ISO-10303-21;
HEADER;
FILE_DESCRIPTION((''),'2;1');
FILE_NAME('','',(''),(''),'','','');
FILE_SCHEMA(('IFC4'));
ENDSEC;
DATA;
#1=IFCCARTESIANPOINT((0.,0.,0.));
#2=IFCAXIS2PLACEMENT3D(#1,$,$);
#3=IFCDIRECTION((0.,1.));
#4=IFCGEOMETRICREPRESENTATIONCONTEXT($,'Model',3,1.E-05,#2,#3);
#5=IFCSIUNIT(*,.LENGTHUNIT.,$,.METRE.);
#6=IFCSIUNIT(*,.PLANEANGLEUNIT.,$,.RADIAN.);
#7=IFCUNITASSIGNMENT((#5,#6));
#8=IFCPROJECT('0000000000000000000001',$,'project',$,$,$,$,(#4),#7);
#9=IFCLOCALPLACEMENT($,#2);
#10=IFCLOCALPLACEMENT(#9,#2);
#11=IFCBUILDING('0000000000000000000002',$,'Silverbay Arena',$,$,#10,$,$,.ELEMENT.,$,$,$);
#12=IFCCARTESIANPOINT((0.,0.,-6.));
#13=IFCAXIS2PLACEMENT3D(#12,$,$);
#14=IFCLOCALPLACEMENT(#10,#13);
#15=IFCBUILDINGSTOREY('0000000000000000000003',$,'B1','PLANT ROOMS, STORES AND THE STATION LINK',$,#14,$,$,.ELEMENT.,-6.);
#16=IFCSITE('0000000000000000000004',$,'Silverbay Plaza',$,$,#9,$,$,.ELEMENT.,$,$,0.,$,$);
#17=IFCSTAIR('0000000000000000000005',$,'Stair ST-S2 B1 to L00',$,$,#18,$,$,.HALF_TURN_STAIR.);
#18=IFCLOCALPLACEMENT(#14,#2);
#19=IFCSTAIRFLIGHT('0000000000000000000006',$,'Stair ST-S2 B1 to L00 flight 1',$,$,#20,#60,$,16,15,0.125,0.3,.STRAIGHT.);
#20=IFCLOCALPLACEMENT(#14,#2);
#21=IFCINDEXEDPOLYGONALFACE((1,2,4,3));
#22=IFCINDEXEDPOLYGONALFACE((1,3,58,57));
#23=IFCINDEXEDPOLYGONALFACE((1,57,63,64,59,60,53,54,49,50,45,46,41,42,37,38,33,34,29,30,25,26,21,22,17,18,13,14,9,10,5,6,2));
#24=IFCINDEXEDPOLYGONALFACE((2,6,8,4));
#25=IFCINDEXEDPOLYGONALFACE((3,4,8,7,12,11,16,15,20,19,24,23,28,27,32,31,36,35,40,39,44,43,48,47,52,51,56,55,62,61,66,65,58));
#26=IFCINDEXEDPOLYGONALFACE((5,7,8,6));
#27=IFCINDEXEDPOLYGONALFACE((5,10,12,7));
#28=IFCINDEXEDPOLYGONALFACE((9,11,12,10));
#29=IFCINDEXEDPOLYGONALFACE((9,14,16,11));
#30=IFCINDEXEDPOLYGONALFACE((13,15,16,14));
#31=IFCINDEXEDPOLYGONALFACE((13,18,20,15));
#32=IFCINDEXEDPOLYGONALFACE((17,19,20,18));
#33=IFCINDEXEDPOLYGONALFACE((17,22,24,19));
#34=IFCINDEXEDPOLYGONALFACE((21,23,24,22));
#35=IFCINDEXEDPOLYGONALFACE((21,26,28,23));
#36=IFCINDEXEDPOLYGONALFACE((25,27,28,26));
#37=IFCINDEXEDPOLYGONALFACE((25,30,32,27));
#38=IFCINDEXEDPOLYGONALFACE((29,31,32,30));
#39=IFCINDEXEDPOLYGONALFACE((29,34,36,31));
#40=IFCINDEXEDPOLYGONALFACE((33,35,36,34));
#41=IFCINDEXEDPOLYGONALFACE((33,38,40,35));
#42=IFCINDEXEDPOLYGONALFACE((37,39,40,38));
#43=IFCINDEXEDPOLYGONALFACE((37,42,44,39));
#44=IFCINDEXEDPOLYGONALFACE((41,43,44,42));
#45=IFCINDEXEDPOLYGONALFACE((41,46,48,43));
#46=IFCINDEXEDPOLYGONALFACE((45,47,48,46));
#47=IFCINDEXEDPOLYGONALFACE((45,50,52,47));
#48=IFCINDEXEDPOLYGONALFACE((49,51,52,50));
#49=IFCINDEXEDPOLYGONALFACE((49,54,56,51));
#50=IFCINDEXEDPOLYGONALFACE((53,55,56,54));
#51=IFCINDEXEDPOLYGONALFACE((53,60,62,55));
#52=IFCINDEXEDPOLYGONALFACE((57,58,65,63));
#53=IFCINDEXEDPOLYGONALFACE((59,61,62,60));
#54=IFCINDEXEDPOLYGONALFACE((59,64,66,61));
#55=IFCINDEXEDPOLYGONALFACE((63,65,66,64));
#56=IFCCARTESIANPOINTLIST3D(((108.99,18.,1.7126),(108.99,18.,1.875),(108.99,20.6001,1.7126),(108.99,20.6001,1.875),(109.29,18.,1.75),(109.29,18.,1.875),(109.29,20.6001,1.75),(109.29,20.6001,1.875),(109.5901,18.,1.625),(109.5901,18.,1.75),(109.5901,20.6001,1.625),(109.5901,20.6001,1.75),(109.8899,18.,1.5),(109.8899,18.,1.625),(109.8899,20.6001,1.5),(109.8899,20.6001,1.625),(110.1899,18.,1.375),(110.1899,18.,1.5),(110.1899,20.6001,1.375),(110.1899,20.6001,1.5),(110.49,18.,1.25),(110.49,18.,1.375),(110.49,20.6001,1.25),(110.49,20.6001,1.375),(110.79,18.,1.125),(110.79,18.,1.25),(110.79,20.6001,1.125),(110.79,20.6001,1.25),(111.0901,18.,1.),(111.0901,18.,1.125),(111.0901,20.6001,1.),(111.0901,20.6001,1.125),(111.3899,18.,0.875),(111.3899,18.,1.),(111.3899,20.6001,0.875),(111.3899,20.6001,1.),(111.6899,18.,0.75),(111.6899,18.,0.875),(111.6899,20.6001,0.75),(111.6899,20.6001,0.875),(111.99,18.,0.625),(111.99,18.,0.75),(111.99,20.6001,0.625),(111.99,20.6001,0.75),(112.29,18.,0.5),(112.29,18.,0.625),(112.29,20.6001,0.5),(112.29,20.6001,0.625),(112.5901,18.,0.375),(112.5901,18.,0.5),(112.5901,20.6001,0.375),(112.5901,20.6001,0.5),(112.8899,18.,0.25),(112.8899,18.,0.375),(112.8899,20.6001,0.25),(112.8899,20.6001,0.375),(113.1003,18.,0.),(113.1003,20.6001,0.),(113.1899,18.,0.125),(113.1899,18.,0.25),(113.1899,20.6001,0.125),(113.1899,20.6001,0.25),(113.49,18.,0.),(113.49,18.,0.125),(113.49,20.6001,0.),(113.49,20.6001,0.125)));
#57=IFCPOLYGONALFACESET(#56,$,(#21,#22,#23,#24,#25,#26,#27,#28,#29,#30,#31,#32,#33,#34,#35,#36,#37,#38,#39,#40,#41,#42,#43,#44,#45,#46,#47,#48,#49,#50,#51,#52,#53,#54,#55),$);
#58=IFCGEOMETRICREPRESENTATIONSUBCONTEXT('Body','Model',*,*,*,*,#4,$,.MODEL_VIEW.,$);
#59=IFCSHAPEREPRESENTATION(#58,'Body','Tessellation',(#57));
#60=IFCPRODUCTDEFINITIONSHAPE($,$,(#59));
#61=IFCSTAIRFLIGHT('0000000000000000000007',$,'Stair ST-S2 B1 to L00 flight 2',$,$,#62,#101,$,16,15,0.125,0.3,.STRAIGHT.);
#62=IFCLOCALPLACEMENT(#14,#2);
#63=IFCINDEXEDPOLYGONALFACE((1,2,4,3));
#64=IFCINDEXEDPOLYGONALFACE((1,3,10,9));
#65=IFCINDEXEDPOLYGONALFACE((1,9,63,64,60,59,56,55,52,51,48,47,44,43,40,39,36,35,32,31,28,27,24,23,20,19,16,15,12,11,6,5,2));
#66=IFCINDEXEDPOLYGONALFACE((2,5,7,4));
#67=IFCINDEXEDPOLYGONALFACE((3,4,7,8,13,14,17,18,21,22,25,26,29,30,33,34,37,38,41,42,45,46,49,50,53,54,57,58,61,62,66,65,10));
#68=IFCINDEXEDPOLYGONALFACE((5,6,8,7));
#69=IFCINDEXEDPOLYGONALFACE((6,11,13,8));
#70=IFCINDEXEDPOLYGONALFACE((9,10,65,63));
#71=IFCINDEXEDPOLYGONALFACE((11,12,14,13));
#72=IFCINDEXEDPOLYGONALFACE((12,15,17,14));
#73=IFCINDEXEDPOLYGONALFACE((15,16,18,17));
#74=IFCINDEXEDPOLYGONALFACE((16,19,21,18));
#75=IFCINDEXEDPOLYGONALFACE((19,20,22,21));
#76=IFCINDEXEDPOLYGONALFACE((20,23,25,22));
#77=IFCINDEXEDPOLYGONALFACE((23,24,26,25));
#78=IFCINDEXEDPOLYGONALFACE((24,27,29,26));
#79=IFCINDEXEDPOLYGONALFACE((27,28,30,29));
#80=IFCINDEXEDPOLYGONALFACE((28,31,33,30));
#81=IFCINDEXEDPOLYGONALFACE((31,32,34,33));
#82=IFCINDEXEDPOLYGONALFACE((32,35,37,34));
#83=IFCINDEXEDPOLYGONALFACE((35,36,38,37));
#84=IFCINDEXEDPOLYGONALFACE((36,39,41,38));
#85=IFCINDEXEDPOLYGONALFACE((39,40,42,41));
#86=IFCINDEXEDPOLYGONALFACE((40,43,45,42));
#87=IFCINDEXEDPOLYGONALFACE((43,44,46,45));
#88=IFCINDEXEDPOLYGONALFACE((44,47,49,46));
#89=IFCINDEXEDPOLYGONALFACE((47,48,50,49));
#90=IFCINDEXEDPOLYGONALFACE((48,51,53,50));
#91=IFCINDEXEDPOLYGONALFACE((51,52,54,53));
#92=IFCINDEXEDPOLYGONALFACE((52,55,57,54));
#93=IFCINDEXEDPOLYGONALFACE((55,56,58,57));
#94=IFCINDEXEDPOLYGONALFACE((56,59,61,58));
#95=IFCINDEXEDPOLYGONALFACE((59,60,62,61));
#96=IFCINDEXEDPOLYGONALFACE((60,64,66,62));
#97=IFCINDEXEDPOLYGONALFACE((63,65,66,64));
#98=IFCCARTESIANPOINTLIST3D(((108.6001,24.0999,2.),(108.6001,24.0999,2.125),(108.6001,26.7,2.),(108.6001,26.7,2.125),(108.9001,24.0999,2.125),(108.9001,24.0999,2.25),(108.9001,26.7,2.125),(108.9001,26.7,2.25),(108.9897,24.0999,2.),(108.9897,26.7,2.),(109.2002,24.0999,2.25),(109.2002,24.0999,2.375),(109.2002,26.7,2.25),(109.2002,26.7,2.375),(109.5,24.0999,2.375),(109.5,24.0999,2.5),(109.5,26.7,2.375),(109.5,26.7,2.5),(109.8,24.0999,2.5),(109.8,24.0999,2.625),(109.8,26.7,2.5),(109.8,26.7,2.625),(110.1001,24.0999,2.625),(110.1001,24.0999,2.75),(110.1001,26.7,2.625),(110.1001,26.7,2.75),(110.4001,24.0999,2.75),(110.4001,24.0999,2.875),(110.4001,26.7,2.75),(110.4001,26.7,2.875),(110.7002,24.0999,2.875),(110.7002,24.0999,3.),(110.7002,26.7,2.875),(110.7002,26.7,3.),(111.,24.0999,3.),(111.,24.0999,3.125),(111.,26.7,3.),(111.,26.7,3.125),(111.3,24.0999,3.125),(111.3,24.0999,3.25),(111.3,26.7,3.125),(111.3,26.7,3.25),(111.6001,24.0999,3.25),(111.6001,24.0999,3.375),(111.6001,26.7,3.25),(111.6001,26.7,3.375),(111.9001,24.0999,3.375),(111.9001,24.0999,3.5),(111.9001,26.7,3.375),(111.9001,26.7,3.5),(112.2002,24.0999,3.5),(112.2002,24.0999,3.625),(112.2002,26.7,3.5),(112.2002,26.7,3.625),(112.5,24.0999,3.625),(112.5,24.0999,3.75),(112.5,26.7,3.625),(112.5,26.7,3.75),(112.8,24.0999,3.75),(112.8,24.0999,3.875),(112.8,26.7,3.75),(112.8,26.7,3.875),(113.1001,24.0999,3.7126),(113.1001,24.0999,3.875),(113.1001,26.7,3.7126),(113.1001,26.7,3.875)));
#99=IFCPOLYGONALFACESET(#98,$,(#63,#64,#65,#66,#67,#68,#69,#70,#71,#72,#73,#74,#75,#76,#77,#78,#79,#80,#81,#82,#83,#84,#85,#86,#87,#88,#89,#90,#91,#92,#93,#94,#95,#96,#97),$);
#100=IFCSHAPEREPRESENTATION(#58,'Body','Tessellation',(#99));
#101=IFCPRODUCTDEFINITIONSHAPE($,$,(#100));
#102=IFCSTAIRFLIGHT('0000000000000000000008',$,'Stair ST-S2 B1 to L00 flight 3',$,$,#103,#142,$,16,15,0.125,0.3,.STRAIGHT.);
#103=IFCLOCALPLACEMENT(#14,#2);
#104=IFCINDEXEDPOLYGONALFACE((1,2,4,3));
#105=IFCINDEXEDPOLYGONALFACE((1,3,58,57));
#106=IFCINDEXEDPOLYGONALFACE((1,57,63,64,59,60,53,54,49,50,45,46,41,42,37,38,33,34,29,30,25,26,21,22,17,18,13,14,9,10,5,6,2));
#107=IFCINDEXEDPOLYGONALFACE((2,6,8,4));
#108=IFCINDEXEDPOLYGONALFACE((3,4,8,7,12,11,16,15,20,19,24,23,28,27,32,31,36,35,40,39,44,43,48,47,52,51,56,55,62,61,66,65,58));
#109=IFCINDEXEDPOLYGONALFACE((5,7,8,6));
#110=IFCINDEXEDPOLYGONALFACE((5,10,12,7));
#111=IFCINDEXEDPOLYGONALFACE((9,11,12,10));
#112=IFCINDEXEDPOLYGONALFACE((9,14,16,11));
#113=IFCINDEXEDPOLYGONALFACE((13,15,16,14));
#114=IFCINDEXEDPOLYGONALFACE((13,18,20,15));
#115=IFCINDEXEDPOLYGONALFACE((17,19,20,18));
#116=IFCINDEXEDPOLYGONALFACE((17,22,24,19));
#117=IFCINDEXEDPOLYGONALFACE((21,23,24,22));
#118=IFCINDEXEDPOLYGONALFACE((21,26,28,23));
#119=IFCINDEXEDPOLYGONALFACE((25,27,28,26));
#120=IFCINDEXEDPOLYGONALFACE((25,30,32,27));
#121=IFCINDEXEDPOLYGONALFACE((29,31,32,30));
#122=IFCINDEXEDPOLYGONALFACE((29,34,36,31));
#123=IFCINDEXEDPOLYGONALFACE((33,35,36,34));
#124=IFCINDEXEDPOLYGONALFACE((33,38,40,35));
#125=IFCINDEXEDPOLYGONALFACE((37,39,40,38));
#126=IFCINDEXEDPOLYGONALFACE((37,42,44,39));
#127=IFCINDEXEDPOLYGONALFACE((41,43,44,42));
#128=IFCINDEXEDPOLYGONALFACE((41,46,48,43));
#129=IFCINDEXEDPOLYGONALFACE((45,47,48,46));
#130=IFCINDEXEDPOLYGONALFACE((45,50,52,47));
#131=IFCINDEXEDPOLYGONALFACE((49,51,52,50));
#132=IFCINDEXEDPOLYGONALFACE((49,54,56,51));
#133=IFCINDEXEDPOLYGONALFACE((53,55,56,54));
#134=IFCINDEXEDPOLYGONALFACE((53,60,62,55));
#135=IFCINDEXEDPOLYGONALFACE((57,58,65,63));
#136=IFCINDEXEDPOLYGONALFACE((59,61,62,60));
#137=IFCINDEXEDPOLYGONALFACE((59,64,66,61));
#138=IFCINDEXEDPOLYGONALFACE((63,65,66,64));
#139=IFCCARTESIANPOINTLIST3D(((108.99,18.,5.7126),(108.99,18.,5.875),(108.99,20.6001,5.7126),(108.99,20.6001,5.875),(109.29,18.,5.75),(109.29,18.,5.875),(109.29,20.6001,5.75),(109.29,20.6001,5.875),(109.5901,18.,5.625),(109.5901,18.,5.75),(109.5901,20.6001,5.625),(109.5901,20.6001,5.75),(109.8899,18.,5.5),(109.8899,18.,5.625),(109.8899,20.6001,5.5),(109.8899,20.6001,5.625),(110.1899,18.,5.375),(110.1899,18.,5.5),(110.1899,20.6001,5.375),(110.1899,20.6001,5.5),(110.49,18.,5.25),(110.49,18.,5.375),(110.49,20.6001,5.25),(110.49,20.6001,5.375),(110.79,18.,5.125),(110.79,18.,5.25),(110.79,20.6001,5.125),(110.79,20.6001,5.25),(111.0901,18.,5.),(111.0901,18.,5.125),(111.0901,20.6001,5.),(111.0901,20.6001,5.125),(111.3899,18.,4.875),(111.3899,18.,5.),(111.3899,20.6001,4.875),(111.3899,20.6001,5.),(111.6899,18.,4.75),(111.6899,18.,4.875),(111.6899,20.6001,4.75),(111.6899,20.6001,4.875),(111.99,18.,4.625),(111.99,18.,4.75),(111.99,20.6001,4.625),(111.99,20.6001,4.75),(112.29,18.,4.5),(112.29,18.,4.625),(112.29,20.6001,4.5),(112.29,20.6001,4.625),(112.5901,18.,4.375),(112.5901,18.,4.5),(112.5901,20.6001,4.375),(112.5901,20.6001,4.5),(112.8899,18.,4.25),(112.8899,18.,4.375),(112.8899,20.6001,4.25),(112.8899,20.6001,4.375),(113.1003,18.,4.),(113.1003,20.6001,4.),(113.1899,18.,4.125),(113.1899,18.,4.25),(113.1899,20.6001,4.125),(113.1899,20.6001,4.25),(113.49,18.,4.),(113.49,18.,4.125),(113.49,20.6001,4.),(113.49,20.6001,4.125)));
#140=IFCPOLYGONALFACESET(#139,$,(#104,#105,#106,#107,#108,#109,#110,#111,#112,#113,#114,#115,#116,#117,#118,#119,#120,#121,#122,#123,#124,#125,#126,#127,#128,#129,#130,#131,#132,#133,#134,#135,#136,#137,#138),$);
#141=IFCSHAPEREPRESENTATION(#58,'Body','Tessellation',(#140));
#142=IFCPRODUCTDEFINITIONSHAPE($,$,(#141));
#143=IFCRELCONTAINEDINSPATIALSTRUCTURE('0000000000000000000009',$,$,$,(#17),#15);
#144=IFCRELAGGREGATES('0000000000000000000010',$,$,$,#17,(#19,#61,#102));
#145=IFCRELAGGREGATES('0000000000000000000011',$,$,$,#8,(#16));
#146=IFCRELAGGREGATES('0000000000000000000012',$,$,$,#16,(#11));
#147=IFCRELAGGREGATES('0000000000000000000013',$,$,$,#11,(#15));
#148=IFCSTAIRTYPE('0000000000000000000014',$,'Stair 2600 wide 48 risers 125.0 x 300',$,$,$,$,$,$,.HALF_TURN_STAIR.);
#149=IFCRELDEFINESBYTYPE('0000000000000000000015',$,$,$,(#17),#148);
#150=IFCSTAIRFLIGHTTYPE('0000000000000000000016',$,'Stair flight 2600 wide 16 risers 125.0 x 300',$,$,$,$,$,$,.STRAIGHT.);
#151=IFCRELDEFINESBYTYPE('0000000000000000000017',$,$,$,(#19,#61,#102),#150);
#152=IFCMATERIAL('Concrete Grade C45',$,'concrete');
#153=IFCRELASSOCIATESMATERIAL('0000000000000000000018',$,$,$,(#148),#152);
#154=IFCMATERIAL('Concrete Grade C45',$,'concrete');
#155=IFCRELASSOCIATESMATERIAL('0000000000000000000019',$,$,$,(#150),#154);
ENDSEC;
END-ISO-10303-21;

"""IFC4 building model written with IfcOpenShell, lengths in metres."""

from ifc_helpers import new_model, si_unit, direction, frame, origin, place, context, subcontext, project, spatial, polyline, outline, extrude, material, type_object, element, aggregate, save


model = new_model("IFC4")

# Units and contexts
model_context = context("Model", 3, precision=1e-05, world=origin(), true_north=direction((0.0, 1.0)))
body_context = subcontext(model_context, "Body", "Model", "MODEL_VIEW")
ifc_project = project(units=[si_unit("LENGTHUNIT", "METRE"), si_unit("PLANEANGLEUNIT", "RADIAN")], contexts=[model_context])

# Site, building, storey
site_placement = place(None, origin())
site = spatial("IfcSite", under=ifc_project, at=site_placement, Name="Silverbay Plaza", CompositionType="ELEMENT", RefElevation=0.0)
building_placement = place(site_placement, origin())
building = spatial("IfcBuilding", under=site, at=building_placement, Name="Silverbay Arena", CompositionType="ELEMENT")
storey_placement = place(building_placement, frame((0.0, 0.0, -6.0)))
storey = spatial("IfcBuildingStorey", under=building, at=storey_placement, Name="B1", Description="PLANT ROOMS, STORES AND THE STATION LINK", CompositionType="ELEMENT", Elevation=-6.0)

# Stair, stair flights
ifc_material_1 = material(Name="Concrete Grade C45", Category="concrete")
stair_type = type_object("IfcStairType", Name="Stair 2600 wide 48 risers 125.0 x 300", PredefinedType="HALF_TURN_STAIR", material=ifc_material_1)
stair_placement = place(storey_placement, origin())
stair = element("IfcStair", 1, at=stair_placement, inside=storey, type_object=stair_type, Name="Stair ST-S2 B1 to L00", PredefinedType="HALF_TURN_STAIR")
ifc_material_2 = material(Name="Concrete Grade C45", Category="concrete")
stair_flight_type = type_object("IfcStairFlightType", Name="Stair flight 2600 wide 16 risers 125.0 x 300", PredefinedType="STRAIGHT", material=ifc_material_2)
stair_flight_1_placement = place(storey_placement, frame((113.49, 19.3, 0.0), z_axis=(0.0, 0.0, 1.0), x_axis=(-1.0, 0.0, 0.0)))
stair_flight_1 = element("IfcStairFlight", 2, at=stair_flight_1_placement, type_object=stair_flight_type, Name="Stair ST-S2 B1 to L00 flight 1", NumberOfRisers=16, NumberOfTreads=15, PredefinedType="STRAIGHT", RiserHeight=0.125, TreadLength=0.3, context=body_context, shape_type="SweptSolid", body=[
    extrude(outline(polyline([(0.0, 0.0), (0.0, 0.125), (0.3, 0.125), (0.3, 0.25), (0.6001, 0.25), (0.6001, 0.375), (0.8999, 0.375), (0.8999, 0.5), (1.2, 0.5), (1.2, 0.625), (1.5, 0.625), (1.5, 0.75), (1.8, 0.75), (1.8, 0.875), (2.1001, 0.875), (2.1001, 1.0), (2.3999, 1.0), (2.3999, 1.125), (2.7, 1.125), (2.7, 1.25), (3.0, 1.25), (3.0, 1.375), (3.3, 1.375), (3.3, 1.5), (3.6001, 1.5), (3.6001, 1.625), (3.8999, 1.625), (3.8999, 1.75), (4.2, 1.75), (4.2, 1.875), (4.5, 1.875), (4.5, 1.7126), (0.3896, 0.0), (0.0, 0.0)])), frame((0.0, 1.3, 0.0), z_axis=(0.0, -1.0, 0.0), x_axis=(1.0, 0.0, 0.0)), (0.0, 0.0, 1.0), 2.6001),
])
stair_flight_2_placement = place(storey_placement, frame((108.6001, 25.3999, 2.0), z_axis=(0.0, 0.0, 1.0), x_axis=(1.0, 0.0, 0.0)))
stair_flight_2 = element("IfcStairFlight", 3, at=stair_flight_2_placement, type_object=stair_flight_type, Name="Stair ST-S2 B1 to L00 flight 2", NumberOfRisers=16, NumberOfTreads=15, PredefinedType="STRAIGHT", RiserHeight=0.125, TreadLength=0.3, context=body_context, shape_type="SweptSolid", body=[
    extrude(outline(polyline([(0.0, 0.0), (0.0, 0.125), (0.3, 0.125), (0.3, 0.25), (0.6001, 0.25), (0.6001, 0.375), (0.8999, 0.375), (0.8999, 0.5), (1.2, 0.5), (1.2, 0.625), (1.5, 0.625), (1.5, 0.75), (1.8, 0.75), (1.8, 0.875), (2.1001, 0.875), (2.1001, 1.0), (2.3999, 1.0), (2.3999, 1.125), (2.7, 1.125), (2.7, 1.25), (3.0, 1.25), (3.0, 1.375), (3.3, 1.375), (3.3, 1.5), (3.6001, 1.5), (3.6001, 1.625), (3.8999, 1.625), (3.8999, 1.75), (4.2, 1.75), (4.2, 1.875), (4.5, 1.875), (4.5, 1.7126), (0.3896, 0.0), (0.0, 0.0)])), frame((0.0, 1.3, 0.0), z_axis=(0.0, -1.0, 0.0), x_axis=(1.0, 0.0, 0.0)), (0.0, 0.0, 1.0), 2.6001),
])
stair_flight_3_placement = place(storey_placement, frame((113.49, 19.3, 4.0), z_axis=(0.0, 0.0, 1.0), x_axis=(-1.0, 0.0, 0.0)))
stair_flight_3 = element("IfcStairFlight", 4, at=stair_flight_3_placement, type_object=stair_flight_type, Name="Stair ST-S2 B1 to L00 flight 3", NumberOfRisers=16, NumberOfTreads=15, PredefinedType="STRAIGHT", RiserHeight=0.125, TreadLength=0.3, context=body_context, shape_type="SweptSolid", body=[
    extrude(outline(polyline([(0.0, 0.0), (0.0, 0.125), (0.3, 0.125), (0.3, 0.25), (0.6001, 0.25), (0.6001, 0.375), (0.8999, 0.375), (0.8999, 0.5), (1.2, 0.5), (1.2, 0.625), (1.5, 0.625), (1.5, 0.75), (1.8, 0.75), (1.8, 0.875), (2.1001, 0.875), (2.1001, 1.0), (2.3999, 1.0), (2.3999, 1.125), (2.7, 1.125), (2.7, 1.25), (3.0, 1.25), (3.0, 1.375), (3.3, 1.375), (3.3, 1.5), (3.6001, 1.5), (3.6001, 1.625), (3.8999, 1.625), (3.8999, 1.75), (4.2, 1.75), (4.2, 1.875), (4.5, 1.875), (4.5, 1.7126), (0.3896, 0.0), (0.0, 0.0)])), frame((0.0, 1.3, 0.0), z_axis=(0.0, -1.0, 0.0), x_axis=(1.0, 0.0, 0.0)), (0.0, 0.0, 1.0), 2.6001),
])
aggregate(stair, [stair_flight_1, stair_flight_2, stair_flight_3])

save(model, "model.ifc")
